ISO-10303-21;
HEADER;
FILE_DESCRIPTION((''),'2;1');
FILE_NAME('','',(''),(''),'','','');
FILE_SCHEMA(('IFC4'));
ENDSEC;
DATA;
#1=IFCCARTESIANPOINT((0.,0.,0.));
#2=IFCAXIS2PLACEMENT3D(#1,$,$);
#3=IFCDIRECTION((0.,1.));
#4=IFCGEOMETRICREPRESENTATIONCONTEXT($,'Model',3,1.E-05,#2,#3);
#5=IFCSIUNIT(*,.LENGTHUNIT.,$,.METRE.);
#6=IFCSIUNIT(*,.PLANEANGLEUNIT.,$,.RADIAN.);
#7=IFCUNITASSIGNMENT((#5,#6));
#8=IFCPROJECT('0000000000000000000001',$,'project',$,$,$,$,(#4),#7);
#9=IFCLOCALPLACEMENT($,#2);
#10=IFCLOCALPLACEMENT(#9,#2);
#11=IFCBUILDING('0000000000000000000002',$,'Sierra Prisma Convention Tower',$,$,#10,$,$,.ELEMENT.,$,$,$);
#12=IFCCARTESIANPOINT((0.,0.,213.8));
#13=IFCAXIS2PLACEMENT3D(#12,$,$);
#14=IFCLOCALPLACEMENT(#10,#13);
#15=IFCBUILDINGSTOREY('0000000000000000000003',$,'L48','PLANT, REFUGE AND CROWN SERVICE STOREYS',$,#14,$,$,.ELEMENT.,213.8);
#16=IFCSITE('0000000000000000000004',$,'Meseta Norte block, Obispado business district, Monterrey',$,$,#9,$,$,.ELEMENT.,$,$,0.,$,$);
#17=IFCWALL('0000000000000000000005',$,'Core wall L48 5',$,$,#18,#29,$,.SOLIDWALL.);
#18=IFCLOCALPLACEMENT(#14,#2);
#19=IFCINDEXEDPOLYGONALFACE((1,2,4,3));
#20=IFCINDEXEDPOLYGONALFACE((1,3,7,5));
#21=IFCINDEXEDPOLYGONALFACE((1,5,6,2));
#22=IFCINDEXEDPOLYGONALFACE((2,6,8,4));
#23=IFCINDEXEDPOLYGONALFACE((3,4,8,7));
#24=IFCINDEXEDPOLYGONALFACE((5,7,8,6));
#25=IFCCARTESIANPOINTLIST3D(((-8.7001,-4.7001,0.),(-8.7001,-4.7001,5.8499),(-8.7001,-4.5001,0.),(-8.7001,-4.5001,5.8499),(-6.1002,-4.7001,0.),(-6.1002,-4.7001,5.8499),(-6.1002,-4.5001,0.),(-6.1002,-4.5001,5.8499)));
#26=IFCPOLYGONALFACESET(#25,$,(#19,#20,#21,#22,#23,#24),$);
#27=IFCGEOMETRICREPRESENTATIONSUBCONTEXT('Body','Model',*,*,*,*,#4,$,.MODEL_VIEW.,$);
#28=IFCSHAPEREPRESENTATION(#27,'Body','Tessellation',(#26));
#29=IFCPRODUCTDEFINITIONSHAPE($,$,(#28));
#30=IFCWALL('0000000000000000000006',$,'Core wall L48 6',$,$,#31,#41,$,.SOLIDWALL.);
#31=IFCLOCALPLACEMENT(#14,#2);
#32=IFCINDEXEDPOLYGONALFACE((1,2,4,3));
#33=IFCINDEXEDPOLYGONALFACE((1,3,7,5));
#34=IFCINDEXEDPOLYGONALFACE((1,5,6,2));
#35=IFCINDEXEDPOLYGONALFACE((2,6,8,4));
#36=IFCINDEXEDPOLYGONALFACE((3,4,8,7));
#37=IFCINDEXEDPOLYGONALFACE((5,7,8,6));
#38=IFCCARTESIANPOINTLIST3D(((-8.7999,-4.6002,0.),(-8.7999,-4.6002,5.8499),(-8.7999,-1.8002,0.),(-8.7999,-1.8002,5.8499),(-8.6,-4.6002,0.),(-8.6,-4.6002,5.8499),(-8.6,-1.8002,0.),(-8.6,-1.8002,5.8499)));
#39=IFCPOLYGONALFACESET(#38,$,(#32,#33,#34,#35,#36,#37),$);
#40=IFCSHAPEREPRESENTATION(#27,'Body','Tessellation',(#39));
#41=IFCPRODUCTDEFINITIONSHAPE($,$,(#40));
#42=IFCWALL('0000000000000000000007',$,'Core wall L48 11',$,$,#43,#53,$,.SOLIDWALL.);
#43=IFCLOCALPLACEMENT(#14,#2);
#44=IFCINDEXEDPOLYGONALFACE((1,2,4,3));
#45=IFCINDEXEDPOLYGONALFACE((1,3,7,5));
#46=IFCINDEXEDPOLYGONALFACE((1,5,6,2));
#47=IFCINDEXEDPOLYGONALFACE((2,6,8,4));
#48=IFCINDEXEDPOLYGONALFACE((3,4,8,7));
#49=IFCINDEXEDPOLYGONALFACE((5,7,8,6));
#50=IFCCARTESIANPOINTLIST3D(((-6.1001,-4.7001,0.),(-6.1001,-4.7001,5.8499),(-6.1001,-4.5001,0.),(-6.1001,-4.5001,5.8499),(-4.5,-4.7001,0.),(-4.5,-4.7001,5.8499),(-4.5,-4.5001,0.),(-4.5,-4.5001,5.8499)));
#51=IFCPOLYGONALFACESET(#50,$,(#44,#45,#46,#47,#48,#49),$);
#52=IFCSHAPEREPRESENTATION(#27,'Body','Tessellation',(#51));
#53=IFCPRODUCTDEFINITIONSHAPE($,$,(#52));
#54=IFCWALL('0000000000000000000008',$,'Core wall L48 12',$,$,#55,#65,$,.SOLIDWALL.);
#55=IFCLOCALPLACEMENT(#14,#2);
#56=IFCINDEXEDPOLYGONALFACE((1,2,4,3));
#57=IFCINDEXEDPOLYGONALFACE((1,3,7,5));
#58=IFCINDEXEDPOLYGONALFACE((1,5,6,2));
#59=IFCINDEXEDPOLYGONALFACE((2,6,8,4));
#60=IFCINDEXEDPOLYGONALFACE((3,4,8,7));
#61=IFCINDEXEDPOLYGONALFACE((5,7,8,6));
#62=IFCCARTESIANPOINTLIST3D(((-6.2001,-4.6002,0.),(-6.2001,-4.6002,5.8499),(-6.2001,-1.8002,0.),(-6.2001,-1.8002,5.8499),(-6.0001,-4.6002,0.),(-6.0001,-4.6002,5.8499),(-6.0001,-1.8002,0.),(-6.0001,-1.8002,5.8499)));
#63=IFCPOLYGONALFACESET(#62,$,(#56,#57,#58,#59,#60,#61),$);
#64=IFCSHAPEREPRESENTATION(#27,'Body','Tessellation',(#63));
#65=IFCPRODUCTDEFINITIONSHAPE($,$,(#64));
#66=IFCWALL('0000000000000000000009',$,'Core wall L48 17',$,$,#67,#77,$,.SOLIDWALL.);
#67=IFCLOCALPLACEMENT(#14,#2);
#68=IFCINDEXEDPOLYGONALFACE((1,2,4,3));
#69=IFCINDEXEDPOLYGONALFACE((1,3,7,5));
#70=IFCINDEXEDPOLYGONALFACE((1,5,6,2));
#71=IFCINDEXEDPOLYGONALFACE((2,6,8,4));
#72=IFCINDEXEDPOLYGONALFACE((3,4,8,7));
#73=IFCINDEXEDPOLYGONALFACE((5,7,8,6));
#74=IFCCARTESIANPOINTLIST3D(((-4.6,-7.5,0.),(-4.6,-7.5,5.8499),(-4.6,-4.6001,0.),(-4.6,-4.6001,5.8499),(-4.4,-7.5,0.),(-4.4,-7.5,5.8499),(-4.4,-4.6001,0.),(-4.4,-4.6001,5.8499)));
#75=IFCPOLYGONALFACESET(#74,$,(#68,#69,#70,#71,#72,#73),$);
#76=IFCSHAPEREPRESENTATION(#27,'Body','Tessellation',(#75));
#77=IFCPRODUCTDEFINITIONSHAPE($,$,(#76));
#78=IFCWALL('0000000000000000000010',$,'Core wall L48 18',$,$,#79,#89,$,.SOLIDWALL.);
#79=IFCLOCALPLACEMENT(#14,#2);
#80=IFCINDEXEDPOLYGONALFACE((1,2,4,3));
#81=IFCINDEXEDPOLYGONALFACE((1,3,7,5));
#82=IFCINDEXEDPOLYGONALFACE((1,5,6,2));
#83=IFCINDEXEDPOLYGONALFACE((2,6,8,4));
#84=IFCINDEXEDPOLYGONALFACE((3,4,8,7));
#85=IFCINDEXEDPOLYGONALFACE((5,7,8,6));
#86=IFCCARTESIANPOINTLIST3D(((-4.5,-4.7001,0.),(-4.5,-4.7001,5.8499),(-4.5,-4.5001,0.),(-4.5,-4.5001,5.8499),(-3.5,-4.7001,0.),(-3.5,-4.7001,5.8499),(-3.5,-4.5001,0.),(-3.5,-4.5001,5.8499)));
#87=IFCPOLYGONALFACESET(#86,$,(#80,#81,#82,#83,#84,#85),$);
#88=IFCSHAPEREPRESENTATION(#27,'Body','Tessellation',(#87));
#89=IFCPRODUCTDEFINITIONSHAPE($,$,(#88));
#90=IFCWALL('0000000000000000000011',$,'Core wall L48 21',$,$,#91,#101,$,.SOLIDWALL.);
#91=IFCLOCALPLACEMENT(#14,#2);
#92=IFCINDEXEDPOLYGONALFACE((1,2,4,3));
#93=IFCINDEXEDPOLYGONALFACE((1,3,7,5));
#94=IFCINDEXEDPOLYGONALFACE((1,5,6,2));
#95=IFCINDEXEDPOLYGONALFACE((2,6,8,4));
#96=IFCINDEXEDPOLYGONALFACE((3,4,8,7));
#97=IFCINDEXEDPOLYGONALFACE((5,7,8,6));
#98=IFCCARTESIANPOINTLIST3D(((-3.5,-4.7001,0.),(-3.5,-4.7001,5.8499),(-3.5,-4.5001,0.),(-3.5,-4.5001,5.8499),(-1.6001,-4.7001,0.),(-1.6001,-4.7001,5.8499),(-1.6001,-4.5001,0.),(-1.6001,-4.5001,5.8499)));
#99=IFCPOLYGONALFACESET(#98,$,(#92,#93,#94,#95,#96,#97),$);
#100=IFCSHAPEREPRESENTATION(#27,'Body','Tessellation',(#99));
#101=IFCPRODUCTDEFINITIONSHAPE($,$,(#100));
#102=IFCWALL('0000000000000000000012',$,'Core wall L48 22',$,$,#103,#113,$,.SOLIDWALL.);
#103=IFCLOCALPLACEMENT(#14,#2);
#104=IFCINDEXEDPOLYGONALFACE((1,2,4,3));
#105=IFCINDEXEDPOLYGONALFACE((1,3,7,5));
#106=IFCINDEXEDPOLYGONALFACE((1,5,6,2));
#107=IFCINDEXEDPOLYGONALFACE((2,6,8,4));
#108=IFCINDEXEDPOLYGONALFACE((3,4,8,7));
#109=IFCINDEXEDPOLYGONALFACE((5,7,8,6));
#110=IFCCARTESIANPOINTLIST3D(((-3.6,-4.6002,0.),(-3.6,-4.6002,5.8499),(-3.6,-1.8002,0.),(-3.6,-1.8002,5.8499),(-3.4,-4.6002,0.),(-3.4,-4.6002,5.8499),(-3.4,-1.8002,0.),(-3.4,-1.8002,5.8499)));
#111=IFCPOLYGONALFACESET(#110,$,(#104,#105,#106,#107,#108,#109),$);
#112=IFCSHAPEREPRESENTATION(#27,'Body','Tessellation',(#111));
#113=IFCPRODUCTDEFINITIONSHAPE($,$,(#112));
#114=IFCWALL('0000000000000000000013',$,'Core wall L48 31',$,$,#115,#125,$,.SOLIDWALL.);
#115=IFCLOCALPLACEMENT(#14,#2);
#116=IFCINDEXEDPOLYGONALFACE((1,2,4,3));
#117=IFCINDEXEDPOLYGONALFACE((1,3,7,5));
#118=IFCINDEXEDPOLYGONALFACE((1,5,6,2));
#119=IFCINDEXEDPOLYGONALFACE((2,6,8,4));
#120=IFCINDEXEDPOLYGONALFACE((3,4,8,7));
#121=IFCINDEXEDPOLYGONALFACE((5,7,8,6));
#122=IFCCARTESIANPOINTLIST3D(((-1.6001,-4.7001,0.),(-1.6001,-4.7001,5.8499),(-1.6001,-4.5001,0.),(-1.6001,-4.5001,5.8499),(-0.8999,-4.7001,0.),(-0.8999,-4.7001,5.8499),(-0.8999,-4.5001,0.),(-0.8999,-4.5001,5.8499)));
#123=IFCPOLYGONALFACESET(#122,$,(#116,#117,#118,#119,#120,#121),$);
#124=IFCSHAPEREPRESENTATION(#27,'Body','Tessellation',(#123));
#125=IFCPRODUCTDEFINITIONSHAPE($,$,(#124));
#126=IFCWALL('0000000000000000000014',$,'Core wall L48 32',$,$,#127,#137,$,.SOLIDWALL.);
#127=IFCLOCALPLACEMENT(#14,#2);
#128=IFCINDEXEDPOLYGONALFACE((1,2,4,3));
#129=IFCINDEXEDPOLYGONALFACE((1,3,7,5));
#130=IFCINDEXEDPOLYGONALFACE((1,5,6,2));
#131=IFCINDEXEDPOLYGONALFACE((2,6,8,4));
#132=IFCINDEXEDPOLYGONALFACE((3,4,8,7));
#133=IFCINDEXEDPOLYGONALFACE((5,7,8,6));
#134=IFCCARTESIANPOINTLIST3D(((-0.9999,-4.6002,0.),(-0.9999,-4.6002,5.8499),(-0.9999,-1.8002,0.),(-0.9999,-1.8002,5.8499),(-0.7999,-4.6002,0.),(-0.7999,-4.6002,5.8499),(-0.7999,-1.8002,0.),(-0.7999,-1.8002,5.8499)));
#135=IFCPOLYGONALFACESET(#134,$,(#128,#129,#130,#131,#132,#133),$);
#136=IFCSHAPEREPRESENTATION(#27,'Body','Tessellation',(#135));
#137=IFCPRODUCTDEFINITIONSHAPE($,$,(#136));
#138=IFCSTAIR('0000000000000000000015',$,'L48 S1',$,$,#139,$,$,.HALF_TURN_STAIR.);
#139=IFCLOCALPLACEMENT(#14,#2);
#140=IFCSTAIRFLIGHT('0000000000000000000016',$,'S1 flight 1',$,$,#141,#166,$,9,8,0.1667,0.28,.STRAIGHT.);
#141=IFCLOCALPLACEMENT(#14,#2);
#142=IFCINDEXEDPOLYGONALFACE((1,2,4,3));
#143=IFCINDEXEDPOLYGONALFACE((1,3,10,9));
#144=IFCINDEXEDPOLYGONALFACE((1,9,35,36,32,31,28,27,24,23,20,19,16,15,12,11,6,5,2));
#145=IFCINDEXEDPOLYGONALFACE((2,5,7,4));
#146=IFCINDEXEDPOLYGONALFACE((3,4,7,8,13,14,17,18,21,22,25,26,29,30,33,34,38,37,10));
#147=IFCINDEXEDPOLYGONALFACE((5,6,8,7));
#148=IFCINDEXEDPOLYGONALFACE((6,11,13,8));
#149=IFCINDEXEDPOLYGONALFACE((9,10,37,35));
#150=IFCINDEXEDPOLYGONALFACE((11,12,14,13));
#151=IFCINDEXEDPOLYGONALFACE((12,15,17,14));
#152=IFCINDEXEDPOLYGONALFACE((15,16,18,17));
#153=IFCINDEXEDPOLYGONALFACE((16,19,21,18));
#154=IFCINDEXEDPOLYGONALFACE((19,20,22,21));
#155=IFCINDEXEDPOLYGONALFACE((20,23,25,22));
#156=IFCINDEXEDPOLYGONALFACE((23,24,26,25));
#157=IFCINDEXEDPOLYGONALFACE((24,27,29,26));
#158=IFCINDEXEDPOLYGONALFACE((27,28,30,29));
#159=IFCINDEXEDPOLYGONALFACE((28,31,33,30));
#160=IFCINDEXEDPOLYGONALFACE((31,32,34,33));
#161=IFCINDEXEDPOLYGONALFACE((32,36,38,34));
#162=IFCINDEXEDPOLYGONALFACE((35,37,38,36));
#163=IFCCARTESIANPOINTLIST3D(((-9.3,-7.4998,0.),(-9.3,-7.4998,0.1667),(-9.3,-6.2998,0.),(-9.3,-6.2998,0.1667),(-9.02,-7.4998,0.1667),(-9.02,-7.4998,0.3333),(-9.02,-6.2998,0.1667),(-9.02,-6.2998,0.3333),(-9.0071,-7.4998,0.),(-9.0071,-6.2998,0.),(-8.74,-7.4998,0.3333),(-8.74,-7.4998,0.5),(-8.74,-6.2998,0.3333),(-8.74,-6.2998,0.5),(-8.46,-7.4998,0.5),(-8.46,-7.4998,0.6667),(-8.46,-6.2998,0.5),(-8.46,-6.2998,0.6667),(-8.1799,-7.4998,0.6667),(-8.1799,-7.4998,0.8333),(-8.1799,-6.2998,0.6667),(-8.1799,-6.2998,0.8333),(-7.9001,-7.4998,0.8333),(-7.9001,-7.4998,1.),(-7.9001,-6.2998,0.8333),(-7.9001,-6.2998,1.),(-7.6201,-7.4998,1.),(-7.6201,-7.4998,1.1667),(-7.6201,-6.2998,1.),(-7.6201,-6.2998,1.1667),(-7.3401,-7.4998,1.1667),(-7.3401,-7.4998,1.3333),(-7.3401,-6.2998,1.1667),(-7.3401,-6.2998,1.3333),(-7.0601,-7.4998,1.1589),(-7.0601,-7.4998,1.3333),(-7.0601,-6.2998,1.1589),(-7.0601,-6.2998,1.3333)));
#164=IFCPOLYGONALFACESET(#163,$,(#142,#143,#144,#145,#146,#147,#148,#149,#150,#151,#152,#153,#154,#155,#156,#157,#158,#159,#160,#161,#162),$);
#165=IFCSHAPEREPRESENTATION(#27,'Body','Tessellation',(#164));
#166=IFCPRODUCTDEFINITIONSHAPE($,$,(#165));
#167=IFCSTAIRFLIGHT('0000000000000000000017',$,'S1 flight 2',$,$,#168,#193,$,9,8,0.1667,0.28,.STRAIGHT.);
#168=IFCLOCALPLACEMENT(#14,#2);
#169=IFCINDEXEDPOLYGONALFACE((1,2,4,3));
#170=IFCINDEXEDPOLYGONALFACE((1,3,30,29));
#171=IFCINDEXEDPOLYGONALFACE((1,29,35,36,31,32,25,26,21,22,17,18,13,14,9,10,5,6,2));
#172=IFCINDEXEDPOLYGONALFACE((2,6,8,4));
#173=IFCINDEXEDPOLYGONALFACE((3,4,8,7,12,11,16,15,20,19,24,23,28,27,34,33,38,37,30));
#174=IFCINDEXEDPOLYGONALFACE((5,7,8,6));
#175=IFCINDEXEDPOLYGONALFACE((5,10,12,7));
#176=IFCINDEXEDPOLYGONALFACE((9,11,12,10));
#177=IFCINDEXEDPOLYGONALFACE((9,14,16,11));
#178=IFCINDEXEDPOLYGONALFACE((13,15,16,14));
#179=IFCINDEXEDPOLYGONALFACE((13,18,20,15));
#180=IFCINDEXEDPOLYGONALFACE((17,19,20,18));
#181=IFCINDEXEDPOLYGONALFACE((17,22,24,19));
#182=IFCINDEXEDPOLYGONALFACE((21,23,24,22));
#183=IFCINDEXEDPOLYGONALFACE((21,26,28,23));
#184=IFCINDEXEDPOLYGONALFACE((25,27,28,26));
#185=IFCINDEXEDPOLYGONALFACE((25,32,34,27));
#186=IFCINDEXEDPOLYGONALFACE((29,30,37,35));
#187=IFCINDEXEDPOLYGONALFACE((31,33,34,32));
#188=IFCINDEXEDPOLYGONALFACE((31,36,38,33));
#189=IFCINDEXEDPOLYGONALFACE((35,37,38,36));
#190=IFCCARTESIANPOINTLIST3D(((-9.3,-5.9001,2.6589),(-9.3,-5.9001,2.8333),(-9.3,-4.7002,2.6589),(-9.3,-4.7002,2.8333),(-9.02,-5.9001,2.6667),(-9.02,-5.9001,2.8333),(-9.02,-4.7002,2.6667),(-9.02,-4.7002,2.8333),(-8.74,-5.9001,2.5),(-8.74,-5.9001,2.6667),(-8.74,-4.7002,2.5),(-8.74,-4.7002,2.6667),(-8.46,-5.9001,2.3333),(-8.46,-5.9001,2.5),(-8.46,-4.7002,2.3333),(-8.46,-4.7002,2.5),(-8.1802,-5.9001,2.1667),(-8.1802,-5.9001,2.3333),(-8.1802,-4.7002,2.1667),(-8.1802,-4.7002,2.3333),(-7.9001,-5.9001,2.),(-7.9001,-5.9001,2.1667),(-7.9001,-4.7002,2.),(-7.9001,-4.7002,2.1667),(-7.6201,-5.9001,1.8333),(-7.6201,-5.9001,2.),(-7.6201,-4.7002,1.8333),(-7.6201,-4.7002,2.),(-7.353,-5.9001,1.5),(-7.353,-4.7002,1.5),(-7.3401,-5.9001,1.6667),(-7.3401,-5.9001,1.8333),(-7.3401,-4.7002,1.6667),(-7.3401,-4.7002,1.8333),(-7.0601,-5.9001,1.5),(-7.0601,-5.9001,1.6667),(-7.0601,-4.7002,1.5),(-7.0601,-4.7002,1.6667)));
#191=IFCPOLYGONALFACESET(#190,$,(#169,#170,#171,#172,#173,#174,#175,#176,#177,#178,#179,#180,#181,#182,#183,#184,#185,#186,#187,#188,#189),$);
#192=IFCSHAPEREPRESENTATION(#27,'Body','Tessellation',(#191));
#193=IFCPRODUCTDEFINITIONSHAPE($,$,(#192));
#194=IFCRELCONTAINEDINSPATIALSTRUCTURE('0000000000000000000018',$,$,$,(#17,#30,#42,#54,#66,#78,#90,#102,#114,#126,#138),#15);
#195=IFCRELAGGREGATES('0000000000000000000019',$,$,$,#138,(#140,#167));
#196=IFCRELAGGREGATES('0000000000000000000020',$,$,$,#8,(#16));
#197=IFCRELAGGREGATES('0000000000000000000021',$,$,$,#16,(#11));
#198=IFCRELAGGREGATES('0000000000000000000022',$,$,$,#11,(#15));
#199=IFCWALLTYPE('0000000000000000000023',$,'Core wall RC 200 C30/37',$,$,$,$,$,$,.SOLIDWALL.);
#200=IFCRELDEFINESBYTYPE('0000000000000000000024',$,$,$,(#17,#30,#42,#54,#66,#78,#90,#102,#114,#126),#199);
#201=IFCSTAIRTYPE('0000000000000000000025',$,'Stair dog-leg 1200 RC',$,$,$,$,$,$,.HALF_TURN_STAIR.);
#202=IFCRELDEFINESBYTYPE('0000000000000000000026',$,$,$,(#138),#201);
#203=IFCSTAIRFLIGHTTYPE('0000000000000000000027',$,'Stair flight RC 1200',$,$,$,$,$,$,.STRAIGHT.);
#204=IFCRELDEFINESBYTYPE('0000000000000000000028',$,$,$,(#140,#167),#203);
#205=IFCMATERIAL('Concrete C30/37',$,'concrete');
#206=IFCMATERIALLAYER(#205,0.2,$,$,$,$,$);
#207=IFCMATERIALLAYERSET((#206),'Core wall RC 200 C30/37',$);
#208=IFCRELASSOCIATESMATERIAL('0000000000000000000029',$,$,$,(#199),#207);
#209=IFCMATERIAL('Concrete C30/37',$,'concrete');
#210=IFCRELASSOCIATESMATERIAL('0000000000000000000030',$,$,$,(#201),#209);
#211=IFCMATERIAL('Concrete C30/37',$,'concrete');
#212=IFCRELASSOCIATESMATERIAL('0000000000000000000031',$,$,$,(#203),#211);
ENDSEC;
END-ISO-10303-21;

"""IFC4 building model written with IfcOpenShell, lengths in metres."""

from ifc_helpers import new_model, si_unit, direction, frame, frame_2d, origin, place, context, subcontext, project, spatial, polyline, rectangle, outline, extrude, material, layer, layer_set, type_object, element, aggregate, save


model = new_model("IFC4")

# Units and contexts
model_context = context("Model", 3, precision=1e-05, world=origin(), true_north=direction((0.0, 1.0)))
body_context = subcontext(model_context, "Body", "Model", "MODEL_VIEW")
ifc_project = project(units=[si_unit("LENGTHUNIT", "METRE"), si_unit("PLANEANGLEUNIT", "RADIAN")], contexts=[model_context])

# Site, building, storey
site_placement = place(None, origin())
site = spatial("IfcSite", under=ifc_project, at=site_placement, Name="Meseta Norte block, Obispado business district, Monterrey", CompositionType="ELEMENT", RefElevation=0.0)
building_placement = place(site_placement, origin())
building = spatial("IfcBuilding", under=site, at=building_placement, Name="Sierra Prisma Convention Tower", CompositionType="ELEMENT")
storey_placement = place(building_placement, frame((0.0, 0.0, 213.8)))
storey = spatial("IfcBuildingStorey", under=building, at=storey_placement, Name="L48", Description="PLANT, REFUGE AND CROWN SERVICE STOREYS", CompositionType="ELEMENT", Elevation=213.8)

# Shared definitions
ifc_material_1 = material(Name="Concrete C30/37", Category="concrete")
ifc_layer = layer(ifc_material_1, 0.2)
ifc_layer_set = layer_set([ifc_layer], Name="Core wall RC 200 C30/37")
wall_type = type_object("IfcWallType", Name="Core wall RC 200 C30/37", PredefinedType="SOLIDWALL", material=ifc_layer_set)

# Walls
wall_1_placement = place(storey_placement, frame((-8.7, -4.6001, 0.0), z_axis=(0.0, 0.0, 1.0), x_axis=(1.0, 0.0, 0.0)))
element("IfcWall", 1, at=wall_1_placement, inside=storey, type_object=wall_type, Name="Core wall L48 5", PredefinedType="SOLIDWALL", context=body_context, shape_type="SweptSolid", body=[
    extrude(rectangle(XDim=2.5999, YDim=0.2, at=frame_2d((1.2998, 0.0))), origin(), (0.0, 0.0, 1.0), 5.8499),
])
wall_2_placement = place(storey_placement, frame((-8.7, -4.6001, 0.0), z_axis=(0.0, 0.0, 1.0), x_axis=(0.0, 1.0, 0.0)))
element("IfcWall", 2, at=wall_2_placement, inside=storey, type_object=wall_type, Name="Core wall L48 6", PredefinedType="SOLIDWALL", context=body_context, shape_type="SweptSolid", body=[
    extrude(rectangle(XDim=2.8, YDim=0.2, at=frame_2d((1.3999, 0.0))), origin(), (0.0, 0.0, 1.0), 5.8499),
])
wall_3_placement = place(storey_placement, frame((-6.1001, -4.6001, 0.0), z_axis=(0.0, 0.0, 1.0), x_axis=(1.0, 0.0, 0.0)))
element("IfcWall", 3, at=wall_3_placement, inside=storey, type_object=wall_type, Name="Core wall L48 11", PredefinedType="SOLIDWALL", context=body_context, shape_type="SweptSolid", body=[
    extrude(rectangle(XDim=1.6001, YDim=0.2, at=frame_2d((0.8, 0.0))), origin(), (0.0, 0.0, 1.0), 5.8499),
])
wall_4_placement = place(storey_placement, frame((-6.1001, -4.6001, 0.0), z_axis=(0.0, 0.0, 1.0), x_axis=(0.0, 1.0, 0.0)))
element("IfcWall", 4, at=wall_4_placement, inside=storey, type_object=wall_type, Name="Core wall L48 12", PredefinedType="SOLIDWALL", context=body_context, shape_type="SweptSolid", body=[
    extrude(rectangle(XDim=2.8, YDim=0.2, at=frame_2d((1.3999, 0.0))), origin(), (0.0, 0.0, 1.0), 5.8499),
])
wall_5_placement = place(storey_placement, frame((-4.5, -4.6001, 0.0), z_axis=(0.0, 0.0, 1.0), x_axis=(0.0, -1.0, 0.0)))
element("IfcWall", 5, at=wall_5_placement, inside=storey, type_object=wall_type, Name="Core wall L48 17", PredefinedType="SOLIDWALL", context=body_context, shape_type="SweptSolid", body=[
    extrude(rectangle(XDim=2.8999, YDim=0.2, at=frame_2d((1.45, 0.0))), origin(), (0.0, 0.0, 1.0), 5.8499),
])
wall_6_placement = place(storey_placement, frame((-4.5, -4.6001, 0.0), z_axis=(0.0, 0.0, 1.0), x_axis=(1.0, 0.0, 0.0)))
element("IfcWall", 6, at=wall_6_placement, inside=storey, type_object=wall_type, Name="Core wall L48 18", PredefinedType="SOLIDWALL", context=body_context, shape_type="SweptSolid", body=[
    extrude(rectangle(XDim=1.0, YDim=0.2, at=frame_2d((0.5, 0.0))), origin(), (0.0, 0.0, 1.0), 5.8499),
])
wall_7_placement = place(storey_placement, frame((-3.5, -4.6001, 0.0), z_axis=(0.0, 0.0, 1.0), x_axis=(1.0, 0.0, 0.0)))
element("IfcWall", 7, at=wall_7_placement, inside=storey, type_object=wall_type, Name="Core wall L48 21", PredefinedType="SOLIDWALL", context=body_context, shape_type="SweptSolid", body=[
    extrude(rectangle(XDim=1.8999, YDim=0.2, at=frame_2d((0.95, 0.0))), origin(), (0.0, 0.0, 1.0), 5.8499),
])
wall_8_placement = place(storey_placement, frame((-3.5, -4.6001, 0.0), z_axis=(0.0, 0.0, 1.0), x_axis=(0.0, 1.0, 0.0)))
element("IfcWall", 8, at=wall_8_placement, inside=storey, type_object=wall_type, Name="Core wall L48 22", PredefinedType="SOLIDWALL", context=body_context, shape_type="SweptSolid", body=[
    extrude(rectangle(XDim=2.8, YDim=0.2, at=frame_2d((1.3999, 0.0))), origin(), (0.0, 0.0, 1.0), 5.8499),
])
wall_9_placement = place(storey_placement, frame((-1.6001, -4.6001, 0.0), z_axis=(0.0, 0.0, 1.0), x_axis=(1.0, 0.0, 0.0)))
element("IfcWall", 9, at=wall_9_placement, inside=storey, type_object=wall_type, Name="Core wall L48 31", PredefinedType="SOLIDWALL", context=body_context, shape_type="SweptSolid", body=[
    extrude(rectangle(XDim=0.7002, YDim=0.2, at=frame_2d((0.3501, 0.0))), origin(), (0.0, 0.0, 1.0), 5.8499),
])
wall_10_placement = place(storey_placement, frame((-0.8999, -4.6001, 0.0), z_axis=(0.0, 0.0, 1.0), x_axis=(0.0, 1.0, 0.0)))
element("IfcWall", 10, at=wall_10_placement, inside=storey, type_object=wall_type, Name="Core wall L48 32", PredefinedType="SOLIDWALL", context=body_context, shape_type="SweptSolid", body=[
    extrude(rectangle(XDim=2.8, YDim=0.2, at=frame_2d((1.3999, 0.0))), origin(), (0.0, 0.0, 1.0), 5.8499),
])

# Stair, stair flights
ifc_material_2 = material(Name="Concrete C30/37", Category="concrete")
stair_type = type_object("IfcStairType", Name="Stair dog-leg 1200 RC", PredefinedType="HALF_TURN_STAIR", material=ifc_material_2)
stair_placement = place(storey_placement, origin())
stair = element("IfcStair", 11, at=stair_placement, inside=storey, type_object=stair_type, Name="L48 S1", PredefinedType="HALF_TURN_STAIR")
ifc_material_3 = material(Name="Concrete C30/37", Category="concrete")
stair_flight_type = type_object("IfcStairFlightType", Name="Stair flight RC 1200", PredefinedType="STRAIGHT", material=ifc_material_3)
stair_flight_1_placement = place(storey_placement, frame((-9.3, -6.8999, 0.0), z_axis=(0.0, 0.0, 1.0), x_axis=(1.0, 0.0, 0.0)))
stair_flight_1 = element("IfcStairFlight", 12, at=stair_flight_1_placement, type_object=stair_flight_type, Name="S1 flight 1", NumberOfRisers=9, NumberOfTreads=8, PredefinedType="STRAIGHT", RiserHeight=0.1667, TreadLength=0.28, context=body_context, shape_type="SweptSolid", body=[
    extrude(outline(polyline([(0.0, 0.0), (0.0, 0.1667), (0.28, 0.1667), (0.28, 0.3333), (0.5601, 0.3333), (0.5601, 0.5), (0.8401, 0.5), (0.8401, 0.6667), (1.1201, 0.6667), (1.1201, 0.8333), (1.3999, 0.8333), (1.3999, 1.0), (1.6799, 1.0), (1.6799, 1.1667), (1.96, 1.1667), (1.96, 1.3333), (2.24, 1.3333), (2.24, 1.5), (2.24, 1.1589), (0.293, 0.0), (0.0, 0.0)])), frame((0.0, 0.6001, 0.0), z_axis=(0.0, -1.0, 0.0), x_axis=(1.0, 0.0, 0.0)), (0.0, 0.0, 1.0), 1.2),
])
stair_flight_2_placement = place(storey_placement, frame((-7.0601, -5.3, 1.5), z_axis=(0.0, 0.0, 1.0), x_axis=(-1.0, 0.0, 0.0)))
stair_flight_2 = element("IfcStairFlight", 13, at=stair_flight_2_placement, type_object=stair_flight_type, Name="S1 flight 2", NumberOfRisers=9, NumberOfTreads=8, PredefinedType="STRAIGHT", RiserHeight=0.1667, TreadLength=0.28, context=body_context, shape_type="SweptSolid", body=[
    extrude(outline(polyline([(0.0, 0.0), (0.0, 0.1667), (0.28, 0.1667), (0.28, 0.3333), (0.5601, 0.3333), (0.5601, 0.5), (0.8401, 0.5), (0.8401, 0.6667), (1.1201, 0.6667), (1.1201, 0.8333), (1.3999, 0.8333), (1.3999, 1.0), (1.6799, 1.0), (1.6799, 1.1667), (1.96, 1.1667), (1.96, 1.3333), (2.24, 1.3333), (2.24, 1.5), (2.24, 1.1589), (0.293, 0.0), (0.0, 0.0)])), frame((0.0, 0.6001, 0.0), z_axis=(0.0, -1.0, 0.0), x_axis=(1.0, 0.0, 0.0)), (0.0, 0.0, 1.0), 1.2),
])
aggregate(stair, [stair_flight_1, stair_flight_2])

save(model, "model.ifc")
